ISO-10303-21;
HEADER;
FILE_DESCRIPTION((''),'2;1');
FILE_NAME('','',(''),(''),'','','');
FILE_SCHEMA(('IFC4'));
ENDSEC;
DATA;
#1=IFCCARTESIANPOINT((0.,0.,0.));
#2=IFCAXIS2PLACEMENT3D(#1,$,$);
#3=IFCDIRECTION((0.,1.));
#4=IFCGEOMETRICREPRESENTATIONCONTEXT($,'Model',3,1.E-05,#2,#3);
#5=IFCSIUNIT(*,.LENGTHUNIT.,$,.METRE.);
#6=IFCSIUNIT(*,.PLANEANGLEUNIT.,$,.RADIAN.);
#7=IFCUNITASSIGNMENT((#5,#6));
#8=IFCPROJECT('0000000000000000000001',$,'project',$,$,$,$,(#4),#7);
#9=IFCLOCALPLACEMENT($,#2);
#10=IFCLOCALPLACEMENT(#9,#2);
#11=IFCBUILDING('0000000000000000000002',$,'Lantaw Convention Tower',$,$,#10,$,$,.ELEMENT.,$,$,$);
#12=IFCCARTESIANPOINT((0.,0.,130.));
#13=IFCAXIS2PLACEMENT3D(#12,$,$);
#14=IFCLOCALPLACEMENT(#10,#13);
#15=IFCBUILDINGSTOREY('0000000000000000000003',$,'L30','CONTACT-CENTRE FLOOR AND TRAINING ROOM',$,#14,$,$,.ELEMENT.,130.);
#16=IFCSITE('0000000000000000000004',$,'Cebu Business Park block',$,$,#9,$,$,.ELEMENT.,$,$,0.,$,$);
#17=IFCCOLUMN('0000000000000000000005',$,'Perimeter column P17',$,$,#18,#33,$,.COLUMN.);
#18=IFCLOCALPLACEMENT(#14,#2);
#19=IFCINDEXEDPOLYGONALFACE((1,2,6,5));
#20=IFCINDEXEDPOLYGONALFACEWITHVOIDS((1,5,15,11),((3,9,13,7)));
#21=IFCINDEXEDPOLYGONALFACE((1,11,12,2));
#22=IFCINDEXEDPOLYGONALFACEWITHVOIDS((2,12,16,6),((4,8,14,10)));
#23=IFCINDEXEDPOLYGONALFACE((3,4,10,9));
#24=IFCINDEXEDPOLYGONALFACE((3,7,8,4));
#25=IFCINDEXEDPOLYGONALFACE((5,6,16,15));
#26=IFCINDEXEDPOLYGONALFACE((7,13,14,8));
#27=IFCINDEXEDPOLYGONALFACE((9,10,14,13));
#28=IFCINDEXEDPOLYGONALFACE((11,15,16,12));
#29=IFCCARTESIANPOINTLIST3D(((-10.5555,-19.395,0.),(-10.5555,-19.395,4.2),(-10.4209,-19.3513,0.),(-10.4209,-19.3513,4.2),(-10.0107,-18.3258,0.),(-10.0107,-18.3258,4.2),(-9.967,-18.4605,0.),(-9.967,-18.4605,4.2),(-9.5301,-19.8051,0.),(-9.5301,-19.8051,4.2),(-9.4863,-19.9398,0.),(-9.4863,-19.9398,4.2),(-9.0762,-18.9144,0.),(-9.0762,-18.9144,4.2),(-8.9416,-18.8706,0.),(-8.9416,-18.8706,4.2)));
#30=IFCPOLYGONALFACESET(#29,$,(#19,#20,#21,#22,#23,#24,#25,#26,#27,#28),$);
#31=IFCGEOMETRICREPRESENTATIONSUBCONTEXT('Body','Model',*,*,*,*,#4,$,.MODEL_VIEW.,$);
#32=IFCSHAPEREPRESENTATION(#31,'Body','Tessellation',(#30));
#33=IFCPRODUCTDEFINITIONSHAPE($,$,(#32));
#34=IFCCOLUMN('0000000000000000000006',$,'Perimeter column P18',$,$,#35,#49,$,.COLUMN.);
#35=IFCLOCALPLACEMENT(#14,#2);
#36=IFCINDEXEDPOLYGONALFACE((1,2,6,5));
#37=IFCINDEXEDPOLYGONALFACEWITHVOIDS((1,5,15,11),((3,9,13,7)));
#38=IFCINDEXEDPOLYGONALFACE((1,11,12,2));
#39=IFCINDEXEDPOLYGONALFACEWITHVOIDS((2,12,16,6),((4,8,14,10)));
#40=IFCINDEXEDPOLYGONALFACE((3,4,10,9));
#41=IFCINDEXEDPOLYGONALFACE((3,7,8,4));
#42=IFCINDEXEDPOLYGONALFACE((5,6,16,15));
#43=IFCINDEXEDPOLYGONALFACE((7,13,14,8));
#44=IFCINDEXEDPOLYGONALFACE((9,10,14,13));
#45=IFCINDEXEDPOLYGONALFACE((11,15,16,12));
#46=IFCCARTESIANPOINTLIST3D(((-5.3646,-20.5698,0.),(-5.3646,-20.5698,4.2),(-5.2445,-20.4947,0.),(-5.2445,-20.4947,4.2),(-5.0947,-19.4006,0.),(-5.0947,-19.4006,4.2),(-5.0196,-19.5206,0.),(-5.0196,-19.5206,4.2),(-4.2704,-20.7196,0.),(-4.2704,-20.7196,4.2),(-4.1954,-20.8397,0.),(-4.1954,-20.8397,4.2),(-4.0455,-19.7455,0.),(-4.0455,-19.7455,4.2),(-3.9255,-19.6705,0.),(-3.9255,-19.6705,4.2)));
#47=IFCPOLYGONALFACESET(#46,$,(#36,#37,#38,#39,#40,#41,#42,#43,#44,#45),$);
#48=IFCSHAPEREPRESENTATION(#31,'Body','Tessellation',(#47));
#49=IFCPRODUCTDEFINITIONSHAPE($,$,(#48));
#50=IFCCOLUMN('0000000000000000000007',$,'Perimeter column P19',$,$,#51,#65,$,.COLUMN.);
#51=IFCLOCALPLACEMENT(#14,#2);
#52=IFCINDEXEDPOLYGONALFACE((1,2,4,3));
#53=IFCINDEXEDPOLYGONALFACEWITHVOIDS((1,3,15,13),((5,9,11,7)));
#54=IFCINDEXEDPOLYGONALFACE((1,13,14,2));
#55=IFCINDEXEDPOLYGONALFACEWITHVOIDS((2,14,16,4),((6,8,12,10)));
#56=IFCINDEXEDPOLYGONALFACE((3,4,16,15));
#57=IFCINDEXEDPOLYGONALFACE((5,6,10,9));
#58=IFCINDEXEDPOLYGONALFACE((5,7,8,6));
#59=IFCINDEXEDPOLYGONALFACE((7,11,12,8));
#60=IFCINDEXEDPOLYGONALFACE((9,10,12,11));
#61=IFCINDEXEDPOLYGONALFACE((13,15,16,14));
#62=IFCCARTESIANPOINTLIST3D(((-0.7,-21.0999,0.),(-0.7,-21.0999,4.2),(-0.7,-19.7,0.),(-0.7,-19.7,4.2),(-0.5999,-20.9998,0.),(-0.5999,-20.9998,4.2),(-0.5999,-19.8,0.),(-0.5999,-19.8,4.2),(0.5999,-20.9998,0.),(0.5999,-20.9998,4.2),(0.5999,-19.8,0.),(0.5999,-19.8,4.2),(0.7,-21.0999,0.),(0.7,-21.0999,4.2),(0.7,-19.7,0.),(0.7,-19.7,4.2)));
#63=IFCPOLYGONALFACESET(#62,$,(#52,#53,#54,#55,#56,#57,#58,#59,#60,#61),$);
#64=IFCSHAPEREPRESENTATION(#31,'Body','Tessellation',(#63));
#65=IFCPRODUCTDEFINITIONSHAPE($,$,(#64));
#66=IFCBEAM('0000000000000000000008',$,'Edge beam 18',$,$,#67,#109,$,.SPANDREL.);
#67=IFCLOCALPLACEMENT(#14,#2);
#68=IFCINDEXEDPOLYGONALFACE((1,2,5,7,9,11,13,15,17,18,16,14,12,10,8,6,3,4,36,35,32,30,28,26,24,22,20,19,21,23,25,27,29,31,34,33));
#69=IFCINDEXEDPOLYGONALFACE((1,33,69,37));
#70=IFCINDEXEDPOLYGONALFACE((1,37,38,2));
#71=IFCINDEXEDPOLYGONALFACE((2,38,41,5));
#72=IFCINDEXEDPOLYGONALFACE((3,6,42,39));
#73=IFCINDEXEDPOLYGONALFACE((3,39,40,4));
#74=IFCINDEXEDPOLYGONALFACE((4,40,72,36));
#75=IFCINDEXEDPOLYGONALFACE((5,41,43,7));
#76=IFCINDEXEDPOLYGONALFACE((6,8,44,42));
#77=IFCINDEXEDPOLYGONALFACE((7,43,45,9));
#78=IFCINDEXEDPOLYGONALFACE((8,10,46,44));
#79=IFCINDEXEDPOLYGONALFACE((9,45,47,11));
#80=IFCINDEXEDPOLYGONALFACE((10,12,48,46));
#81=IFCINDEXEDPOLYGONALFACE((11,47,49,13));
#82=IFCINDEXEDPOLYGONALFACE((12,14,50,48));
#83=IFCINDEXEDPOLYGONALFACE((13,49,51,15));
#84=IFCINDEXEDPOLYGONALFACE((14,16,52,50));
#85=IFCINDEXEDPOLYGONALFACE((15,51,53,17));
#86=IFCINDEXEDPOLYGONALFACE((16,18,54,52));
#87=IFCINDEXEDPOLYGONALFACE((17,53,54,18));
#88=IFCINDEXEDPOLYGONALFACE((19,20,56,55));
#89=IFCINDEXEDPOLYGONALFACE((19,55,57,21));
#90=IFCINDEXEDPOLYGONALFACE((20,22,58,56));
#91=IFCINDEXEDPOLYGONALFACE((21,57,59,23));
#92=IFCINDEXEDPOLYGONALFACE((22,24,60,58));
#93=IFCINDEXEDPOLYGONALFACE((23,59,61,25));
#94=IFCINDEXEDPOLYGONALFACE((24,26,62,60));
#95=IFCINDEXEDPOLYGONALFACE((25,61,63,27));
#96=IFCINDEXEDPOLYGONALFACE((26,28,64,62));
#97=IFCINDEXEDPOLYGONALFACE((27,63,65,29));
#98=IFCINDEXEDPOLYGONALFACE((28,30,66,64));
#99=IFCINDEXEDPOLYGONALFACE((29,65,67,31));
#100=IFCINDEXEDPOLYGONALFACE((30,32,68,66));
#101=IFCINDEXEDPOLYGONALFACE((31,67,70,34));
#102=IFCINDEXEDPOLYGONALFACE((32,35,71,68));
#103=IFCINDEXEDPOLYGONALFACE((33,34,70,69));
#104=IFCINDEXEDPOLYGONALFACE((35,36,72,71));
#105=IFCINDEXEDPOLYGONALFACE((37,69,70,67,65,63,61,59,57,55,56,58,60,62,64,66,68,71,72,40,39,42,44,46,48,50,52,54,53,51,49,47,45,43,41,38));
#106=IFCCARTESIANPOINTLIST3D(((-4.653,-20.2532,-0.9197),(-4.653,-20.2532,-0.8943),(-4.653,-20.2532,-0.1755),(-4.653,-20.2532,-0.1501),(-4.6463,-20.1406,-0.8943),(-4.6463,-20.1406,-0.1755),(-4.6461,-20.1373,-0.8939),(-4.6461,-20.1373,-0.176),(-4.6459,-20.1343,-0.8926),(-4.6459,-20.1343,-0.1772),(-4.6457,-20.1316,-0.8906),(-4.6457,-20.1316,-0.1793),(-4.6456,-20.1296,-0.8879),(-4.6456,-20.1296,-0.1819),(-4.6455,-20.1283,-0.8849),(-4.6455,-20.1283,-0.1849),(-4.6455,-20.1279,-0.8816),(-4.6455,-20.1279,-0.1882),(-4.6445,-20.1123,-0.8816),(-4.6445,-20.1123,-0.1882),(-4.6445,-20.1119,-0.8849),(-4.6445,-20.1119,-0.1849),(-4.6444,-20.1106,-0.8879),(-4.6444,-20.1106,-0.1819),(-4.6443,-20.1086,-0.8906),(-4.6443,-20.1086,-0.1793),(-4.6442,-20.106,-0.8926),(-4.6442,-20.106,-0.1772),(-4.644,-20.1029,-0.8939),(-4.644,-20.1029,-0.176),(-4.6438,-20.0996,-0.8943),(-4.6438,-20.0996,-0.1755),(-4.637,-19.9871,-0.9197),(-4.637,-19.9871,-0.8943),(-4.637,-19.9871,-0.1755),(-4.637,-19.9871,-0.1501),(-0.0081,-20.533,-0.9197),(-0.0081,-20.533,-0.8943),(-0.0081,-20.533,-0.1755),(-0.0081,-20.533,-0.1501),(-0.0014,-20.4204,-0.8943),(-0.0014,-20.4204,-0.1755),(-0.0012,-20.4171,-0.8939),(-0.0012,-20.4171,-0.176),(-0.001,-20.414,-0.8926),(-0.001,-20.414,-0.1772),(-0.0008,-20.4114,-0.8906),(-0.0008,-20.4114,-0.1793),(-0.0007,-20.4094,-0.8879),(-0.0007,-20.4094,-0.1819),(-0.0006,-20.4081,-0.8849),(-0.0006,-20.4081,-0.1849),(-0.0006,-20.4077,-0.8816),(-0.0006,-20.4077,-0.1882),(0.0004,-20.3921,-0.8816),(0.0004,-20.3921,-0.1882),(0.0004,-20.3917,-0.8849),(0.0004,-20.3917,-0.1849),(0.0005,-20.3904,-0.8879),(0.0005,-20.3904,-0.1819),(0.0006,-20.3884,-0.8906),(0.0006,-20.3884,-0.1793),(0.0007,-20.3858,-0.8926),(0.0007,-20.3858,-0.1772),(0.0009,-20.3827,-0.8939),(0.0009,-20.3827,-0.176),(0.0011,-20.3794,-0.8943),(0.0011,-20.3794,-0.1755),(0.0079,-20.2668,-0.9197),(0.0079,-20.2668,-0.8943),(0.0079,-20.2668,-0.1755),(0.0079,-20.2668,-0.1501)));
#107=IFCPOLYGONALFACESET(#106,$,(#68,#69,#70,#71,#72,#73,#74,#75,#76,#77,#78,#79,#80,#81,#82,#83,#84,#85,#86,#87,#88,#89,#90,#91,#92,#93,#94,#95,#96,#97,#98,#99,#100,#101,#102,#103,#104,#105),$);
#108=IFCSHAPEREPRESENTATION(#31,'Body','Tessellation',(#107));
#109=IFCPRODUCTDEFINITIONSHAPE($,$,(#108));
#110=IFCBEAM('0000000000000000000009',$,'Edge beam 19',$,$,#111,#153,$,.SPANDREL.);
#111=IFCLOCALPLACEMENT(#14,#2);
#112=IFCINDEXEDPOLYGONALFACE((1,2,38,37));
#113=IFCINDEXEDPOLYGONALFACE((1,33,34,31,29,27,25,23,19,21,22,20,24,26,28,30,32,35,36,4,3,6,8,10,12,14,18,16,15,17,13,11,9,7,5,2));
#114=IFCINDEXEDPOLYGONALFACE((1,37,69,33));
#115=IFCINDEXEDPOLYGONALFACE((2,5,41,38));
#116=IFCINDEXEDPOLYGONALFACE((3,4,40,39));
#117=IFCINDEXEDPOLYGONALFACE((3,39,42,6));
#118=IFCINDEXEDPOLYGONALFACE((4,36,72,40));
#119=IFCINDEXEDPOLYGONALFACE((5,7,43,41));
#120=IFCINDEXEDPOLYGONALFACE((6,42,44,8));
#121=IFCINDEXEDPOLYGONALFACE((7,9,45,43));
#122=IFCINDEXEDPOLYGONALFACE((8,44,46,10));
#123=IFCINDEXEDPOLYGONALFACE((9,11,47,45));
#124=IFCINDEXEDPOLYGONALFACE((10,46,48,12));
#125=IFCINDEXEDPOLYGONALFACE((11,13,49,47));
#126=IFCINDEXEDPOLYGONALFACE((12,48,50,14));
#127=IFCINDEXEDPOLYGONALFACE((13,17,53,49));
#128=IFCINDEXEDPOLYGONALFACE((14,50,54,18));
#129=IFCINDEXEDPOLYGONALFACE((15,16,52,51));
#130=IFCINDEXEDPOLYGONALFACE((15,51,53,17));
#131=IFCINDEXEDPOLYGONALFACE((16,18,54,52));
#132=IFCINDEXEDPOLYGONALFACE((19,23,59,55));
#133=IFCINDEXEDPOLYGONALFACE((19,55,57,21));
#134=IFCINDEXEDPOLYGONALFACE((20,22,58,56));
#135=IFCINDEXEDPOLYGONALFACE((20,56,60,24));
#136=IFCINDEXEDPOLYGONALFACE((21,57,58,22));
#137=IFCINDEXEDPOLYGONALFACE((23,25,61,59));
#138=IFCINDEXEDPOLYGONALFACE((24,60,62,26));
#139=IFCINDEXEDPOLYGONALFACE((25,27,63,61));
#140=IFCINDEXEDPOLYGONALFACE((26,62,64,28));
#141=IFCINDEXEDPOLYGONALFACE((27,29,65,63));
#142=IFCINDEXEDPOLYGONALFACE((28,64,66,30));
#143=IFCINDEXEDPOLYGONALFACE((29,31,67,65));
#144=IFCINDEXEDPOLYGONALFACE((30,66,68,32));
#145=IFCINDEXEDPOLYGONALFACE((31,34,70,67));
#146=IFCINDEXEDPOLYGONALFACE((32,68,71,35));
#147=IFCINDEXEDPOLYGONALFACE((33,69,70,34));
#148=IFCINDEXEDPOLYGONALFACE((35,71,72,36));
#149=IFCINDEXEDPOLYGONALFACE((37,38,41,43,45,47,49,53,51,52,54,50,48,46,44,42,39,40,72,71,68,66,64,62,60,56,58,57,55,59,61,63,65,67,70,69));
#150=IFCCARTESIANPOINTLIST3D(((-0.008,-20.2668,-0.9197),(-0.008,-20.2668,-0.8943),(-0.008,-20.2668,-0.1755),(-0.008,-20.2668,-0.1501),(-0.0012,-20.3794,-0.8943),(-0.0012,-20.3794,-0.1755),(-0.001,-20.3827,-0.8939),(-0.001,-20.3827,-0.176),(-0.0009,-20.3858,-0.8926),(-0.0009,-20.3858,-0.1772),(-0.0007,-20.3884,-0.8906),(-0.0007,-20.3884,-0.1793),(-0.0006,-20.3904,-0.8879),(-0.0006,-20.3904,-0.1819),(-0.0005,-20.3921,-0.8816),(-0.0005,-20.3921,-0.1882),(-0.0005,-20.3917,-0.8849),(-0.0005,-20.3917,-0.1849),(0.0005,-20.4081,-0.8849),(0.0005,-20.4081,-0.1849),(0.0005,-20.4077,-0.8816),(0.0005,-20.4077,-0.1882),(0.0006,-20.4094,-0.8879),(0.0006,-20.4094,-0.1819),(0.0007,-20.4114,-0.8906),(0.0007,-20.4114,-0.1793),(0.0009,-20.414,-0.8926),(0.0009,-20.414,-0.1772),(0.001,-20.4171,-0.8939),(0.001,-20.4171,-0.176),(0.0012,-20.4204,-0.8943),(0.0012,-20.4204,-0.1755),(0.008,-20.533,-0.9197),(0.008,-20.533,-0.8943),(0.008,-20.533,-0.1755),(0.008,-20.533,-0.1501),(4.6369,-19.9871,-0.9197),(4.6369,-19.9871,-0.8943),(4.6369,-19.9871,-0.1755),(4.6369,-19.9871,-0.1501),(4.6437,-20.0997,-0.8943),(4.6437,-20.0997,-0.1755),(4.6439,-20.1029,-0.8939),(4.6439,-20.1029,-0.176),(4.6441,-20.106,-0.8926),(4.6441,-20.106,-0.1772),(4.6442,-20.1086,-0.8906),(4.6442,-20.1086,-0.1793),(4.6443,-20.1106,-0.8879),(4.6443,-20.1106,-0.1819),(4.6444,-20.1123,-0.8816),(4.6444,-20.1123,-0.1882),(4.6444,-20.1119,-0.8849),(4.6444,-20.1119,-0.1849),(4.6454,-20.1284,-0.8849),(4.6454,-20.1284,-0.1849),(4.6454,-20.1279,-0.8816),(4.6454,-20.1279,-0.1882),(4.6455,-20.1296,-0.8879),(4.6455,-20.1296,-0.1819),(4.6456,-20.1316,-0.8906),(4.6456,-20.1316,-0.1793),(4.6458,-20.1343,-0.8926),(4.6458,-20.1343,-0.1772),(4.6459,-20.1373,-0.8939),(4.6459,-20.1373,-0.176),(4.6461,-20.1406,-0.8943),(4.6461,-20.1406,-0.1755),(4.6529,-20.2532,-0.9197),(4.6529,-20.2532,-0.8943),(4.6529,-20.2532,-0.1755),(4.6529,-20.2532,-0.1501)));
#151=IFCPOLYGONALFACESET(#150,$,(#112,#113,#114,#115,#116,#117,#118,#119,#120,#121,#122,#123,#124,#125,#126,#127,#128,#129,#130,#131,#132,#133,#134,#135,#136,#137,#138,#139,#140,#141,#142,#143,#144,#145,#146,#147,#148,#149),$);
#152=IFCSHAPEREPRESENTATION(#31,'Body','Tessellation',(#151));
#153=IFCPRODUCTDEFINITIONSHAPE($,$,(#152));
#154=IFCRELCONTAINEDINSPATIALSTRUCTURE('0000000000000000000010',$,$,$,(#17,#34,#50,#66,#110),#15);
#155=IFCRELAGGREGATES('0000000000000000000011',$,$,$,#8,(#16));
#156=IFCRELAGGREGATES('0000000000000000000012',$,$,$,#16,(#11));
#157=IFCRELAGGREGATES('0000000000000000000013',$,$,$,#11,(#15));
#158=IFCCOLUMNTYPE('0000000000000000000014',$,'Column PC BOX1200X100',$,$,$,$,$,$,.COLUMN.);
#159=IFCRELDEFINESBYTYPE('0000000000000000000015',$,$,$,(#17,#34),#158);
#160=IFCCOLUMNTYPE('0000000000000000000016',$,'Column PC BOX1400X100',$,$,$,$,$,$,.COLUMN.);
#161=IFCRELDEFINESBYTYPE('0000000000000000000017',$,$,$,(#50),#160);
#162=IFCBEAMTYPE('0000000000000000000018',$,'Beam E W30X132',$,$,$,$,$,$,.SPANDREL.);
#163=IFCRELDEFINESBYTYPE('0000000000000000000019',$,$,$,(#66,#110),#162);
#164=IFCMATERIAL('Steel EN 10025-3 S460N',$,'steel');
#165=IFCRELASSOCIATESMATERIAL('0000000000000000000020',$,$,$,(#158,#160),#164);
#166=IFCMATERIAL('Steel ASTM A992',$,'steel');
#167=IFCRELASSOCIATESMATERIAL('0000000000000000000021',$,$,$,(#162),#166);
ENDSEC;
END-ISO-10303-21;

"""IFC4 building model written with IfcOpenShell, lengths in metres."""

from ifc_helpers import new_model, si_unit, direction, frame, origin, origin_2d, place, context, subcontext, project, spatial, rectangle, hollow_rectangle, i_section, extrude, material, material_profile, profile_set, type_object, element, save


model = new_model("IFC4")

# Units and contexts
model_context = context("Model", 3, precision=1e-05, world=origin(), true_north=direction((0.0, 1.0)))
body_context = subcontext(model_context, "Body", "Model", "MODEL_VIEW")
ifc_project = project(units=[si_unit("LENGTHUNIT", "METRE"), si_unit("PLANEANGLEUNIT", "RADIAN")], contexts=[model_context])

# Site, building, storey
site_placement = place(None, origin())
site = spatial("IfcSite", under=ifc_project, at=site_placement, Name="Cebu Business Park block", CompositionType="ELEMENT", RefElevation=0.0)
building_placement = place(site_placement, origin())
building = spatial("IfcBuilding", under=site, at=building_placement, Name="Lantaw Convention Tower", CompositionType="ELEMENT")
storey_placement = place(building_placement, frame((0.0, 0.0, 130.0)))
storey = spatial("IfcBuildingStorey", under=building, at=storey_placement, Name="L30", Description="CONTACT-CENTRE FLOOR AND TRAINING ROOM", CompositionType="ELEMENT", Elevation=130.0)

# Columns
ifc_material_1 = material(Name="Steel EN 10025-3 S460N", Category="steel")
ifc_material_profile_1 = material_profile(ifc_material_1, hollow_rectangle(XDim=1.2, YDim=1.2, WallThickness=0.1001, at=origin_2d()), Name="BOX1200X100")
ifc_material_2 = material(Name="Concrete C60/75", Category="concrete")
ifc_material_profile_2 = material_profile(ifc_material_2, rectangle(XDim=1.0, YDim=1.0, at=origin_2d()), Name="Concrete fill of BOX1200X100")
ifc_profile_set_1 = profile_set([ifc_material_profile_1, ifc_material_profile_2], Name="Steel EN 10025-3 S460N")
column_type_1 = type_object("IfcColumnType", Name="Column PC BOX1200X100", PredefinedType="COLUMN", material=ifc_profile_set_1)
for number, where, z_axis, x_axis, name in (
    (1, (-9.7485, -19.1328, 0.0), (0.0, 0.0, 1.0), (0.45399, 0.891007, 0.0), "Perimeter column P17"),
    (2, (-4.645, -20.1201, 0.0), (0.0, 0.0, 1.0), (0.224951, 0.97437, 0.0), "Perimeter column P18"),
):
    element("IfcColumn", number, at=place(storey_placement, frame(where, z_axis=z_axis, x_axis=x_axis)), inside=storey, type_object=column_type_1, Name=name, PredefinedType="COLUMN", context=body_context, shape_type="SweptSolid", body=[
        extrude(hollow_rectangle(XDim=1.2, YDim=1.2, WallThickness=0.1001, at=origin_2d()), origin(), (0.0, 0.0, 1.0), 4.2),
    ])
ifc_material_profile_3 = material_profile(ifc_material_1, hollow_rectangle(XDim=1.3999, YDim=1.3999, WallThickness=0.1001, at=origin_2d()), Name="BOX1400X100")
ifc_material_profile_4 = material_profile(ifc_material_2, rectangle(XDim=1.2, YDim=1.2, at=origin_2d()), Name="Concrete fill of BOX1400X100")
ifc_profile_set_2 = profile_set([ifc_material_profile_3, ifc_material_profile_4], Name="Steel EN 10025-3 S460N")
column_type_2 = type_object("IfcColumnType", Name="Column PC BOX1400X100", PredefinedType="COLUMN", material=ifc_profile_set_2)
column_placement = place(storey_placement, frame((0.0, -20.3999, 0.0), z_axis=(0.0, 0.0, 1.0), x_axis=(1.0, 0.0, 0.0)))
element("IfcColumn", 3, at=column_placement, inside=storey, type_object=column_type_2, Name="Perimeter column P19", PredefinedType="COLUMN", context=body_context, shape_type="SweptSolid", body=[
    extrude(hollow_rectangle(XDim=1.3999, YDim=1.3999, WallThickness=0.1001, at=origin_2d()), origin(), (0.0, 0.0, 1.0), 4.2),
])

# Beams
ifc_material_3 = material(Name="Steel ASTM A992", Category="steel")
ifc_material_profile_5 = material_profile(ifc_material_3, i_section(OverallWidth=0.2666, OverallDepth=0.7695, WebThickness=0.0156, FlangeThickness=0.0254, FilletRadius=0.0127, at=origin_2d()), Name="W30X132")
ifc_profile_set_3 = profile_set([ifc_material_profile_5], Name="Steel ASTM A992")
beam_type_1 = type_object("IfcBeamType", Name="Beam E W30X132", PredefinedType="SPANDREL", material=ifc_profile_set_3)
for number, where, z_axis, x_axis, name in (
    (4, (-4.645, -20.1201, -0.5349), (0.998191, -0.060124, 0.0), (0.060124, 0.998191, 0.0), "Edge beam 18"),
    (5, (0.0, -20.3999, -0.5349), (0.998191, 0.060124, 0.0), (-0.060124, 0.998191, 0.0), "Edge beam 19"),
):
    element("IfcBeam", number, at=place(storey_placement, frame(where, z_axis=z_axis, x_axis=x_axis)), inside=storey, type_object=beam_type_1, Name=name, PredefinedType="SPANDREL", context=body_context, shape_type="SweptSolid", body=[
        extrude(i_section(OverallWidth=0.2666, OverallDepth=0.7695, WebThickness=0.0156, FlangeThickness=0.0254, FilletRadius=0.0127, at=origin_2d()), origin(), (0.0, 0.0, 1.0), 4.6533),
    ])

save(model, "model.ifc")
